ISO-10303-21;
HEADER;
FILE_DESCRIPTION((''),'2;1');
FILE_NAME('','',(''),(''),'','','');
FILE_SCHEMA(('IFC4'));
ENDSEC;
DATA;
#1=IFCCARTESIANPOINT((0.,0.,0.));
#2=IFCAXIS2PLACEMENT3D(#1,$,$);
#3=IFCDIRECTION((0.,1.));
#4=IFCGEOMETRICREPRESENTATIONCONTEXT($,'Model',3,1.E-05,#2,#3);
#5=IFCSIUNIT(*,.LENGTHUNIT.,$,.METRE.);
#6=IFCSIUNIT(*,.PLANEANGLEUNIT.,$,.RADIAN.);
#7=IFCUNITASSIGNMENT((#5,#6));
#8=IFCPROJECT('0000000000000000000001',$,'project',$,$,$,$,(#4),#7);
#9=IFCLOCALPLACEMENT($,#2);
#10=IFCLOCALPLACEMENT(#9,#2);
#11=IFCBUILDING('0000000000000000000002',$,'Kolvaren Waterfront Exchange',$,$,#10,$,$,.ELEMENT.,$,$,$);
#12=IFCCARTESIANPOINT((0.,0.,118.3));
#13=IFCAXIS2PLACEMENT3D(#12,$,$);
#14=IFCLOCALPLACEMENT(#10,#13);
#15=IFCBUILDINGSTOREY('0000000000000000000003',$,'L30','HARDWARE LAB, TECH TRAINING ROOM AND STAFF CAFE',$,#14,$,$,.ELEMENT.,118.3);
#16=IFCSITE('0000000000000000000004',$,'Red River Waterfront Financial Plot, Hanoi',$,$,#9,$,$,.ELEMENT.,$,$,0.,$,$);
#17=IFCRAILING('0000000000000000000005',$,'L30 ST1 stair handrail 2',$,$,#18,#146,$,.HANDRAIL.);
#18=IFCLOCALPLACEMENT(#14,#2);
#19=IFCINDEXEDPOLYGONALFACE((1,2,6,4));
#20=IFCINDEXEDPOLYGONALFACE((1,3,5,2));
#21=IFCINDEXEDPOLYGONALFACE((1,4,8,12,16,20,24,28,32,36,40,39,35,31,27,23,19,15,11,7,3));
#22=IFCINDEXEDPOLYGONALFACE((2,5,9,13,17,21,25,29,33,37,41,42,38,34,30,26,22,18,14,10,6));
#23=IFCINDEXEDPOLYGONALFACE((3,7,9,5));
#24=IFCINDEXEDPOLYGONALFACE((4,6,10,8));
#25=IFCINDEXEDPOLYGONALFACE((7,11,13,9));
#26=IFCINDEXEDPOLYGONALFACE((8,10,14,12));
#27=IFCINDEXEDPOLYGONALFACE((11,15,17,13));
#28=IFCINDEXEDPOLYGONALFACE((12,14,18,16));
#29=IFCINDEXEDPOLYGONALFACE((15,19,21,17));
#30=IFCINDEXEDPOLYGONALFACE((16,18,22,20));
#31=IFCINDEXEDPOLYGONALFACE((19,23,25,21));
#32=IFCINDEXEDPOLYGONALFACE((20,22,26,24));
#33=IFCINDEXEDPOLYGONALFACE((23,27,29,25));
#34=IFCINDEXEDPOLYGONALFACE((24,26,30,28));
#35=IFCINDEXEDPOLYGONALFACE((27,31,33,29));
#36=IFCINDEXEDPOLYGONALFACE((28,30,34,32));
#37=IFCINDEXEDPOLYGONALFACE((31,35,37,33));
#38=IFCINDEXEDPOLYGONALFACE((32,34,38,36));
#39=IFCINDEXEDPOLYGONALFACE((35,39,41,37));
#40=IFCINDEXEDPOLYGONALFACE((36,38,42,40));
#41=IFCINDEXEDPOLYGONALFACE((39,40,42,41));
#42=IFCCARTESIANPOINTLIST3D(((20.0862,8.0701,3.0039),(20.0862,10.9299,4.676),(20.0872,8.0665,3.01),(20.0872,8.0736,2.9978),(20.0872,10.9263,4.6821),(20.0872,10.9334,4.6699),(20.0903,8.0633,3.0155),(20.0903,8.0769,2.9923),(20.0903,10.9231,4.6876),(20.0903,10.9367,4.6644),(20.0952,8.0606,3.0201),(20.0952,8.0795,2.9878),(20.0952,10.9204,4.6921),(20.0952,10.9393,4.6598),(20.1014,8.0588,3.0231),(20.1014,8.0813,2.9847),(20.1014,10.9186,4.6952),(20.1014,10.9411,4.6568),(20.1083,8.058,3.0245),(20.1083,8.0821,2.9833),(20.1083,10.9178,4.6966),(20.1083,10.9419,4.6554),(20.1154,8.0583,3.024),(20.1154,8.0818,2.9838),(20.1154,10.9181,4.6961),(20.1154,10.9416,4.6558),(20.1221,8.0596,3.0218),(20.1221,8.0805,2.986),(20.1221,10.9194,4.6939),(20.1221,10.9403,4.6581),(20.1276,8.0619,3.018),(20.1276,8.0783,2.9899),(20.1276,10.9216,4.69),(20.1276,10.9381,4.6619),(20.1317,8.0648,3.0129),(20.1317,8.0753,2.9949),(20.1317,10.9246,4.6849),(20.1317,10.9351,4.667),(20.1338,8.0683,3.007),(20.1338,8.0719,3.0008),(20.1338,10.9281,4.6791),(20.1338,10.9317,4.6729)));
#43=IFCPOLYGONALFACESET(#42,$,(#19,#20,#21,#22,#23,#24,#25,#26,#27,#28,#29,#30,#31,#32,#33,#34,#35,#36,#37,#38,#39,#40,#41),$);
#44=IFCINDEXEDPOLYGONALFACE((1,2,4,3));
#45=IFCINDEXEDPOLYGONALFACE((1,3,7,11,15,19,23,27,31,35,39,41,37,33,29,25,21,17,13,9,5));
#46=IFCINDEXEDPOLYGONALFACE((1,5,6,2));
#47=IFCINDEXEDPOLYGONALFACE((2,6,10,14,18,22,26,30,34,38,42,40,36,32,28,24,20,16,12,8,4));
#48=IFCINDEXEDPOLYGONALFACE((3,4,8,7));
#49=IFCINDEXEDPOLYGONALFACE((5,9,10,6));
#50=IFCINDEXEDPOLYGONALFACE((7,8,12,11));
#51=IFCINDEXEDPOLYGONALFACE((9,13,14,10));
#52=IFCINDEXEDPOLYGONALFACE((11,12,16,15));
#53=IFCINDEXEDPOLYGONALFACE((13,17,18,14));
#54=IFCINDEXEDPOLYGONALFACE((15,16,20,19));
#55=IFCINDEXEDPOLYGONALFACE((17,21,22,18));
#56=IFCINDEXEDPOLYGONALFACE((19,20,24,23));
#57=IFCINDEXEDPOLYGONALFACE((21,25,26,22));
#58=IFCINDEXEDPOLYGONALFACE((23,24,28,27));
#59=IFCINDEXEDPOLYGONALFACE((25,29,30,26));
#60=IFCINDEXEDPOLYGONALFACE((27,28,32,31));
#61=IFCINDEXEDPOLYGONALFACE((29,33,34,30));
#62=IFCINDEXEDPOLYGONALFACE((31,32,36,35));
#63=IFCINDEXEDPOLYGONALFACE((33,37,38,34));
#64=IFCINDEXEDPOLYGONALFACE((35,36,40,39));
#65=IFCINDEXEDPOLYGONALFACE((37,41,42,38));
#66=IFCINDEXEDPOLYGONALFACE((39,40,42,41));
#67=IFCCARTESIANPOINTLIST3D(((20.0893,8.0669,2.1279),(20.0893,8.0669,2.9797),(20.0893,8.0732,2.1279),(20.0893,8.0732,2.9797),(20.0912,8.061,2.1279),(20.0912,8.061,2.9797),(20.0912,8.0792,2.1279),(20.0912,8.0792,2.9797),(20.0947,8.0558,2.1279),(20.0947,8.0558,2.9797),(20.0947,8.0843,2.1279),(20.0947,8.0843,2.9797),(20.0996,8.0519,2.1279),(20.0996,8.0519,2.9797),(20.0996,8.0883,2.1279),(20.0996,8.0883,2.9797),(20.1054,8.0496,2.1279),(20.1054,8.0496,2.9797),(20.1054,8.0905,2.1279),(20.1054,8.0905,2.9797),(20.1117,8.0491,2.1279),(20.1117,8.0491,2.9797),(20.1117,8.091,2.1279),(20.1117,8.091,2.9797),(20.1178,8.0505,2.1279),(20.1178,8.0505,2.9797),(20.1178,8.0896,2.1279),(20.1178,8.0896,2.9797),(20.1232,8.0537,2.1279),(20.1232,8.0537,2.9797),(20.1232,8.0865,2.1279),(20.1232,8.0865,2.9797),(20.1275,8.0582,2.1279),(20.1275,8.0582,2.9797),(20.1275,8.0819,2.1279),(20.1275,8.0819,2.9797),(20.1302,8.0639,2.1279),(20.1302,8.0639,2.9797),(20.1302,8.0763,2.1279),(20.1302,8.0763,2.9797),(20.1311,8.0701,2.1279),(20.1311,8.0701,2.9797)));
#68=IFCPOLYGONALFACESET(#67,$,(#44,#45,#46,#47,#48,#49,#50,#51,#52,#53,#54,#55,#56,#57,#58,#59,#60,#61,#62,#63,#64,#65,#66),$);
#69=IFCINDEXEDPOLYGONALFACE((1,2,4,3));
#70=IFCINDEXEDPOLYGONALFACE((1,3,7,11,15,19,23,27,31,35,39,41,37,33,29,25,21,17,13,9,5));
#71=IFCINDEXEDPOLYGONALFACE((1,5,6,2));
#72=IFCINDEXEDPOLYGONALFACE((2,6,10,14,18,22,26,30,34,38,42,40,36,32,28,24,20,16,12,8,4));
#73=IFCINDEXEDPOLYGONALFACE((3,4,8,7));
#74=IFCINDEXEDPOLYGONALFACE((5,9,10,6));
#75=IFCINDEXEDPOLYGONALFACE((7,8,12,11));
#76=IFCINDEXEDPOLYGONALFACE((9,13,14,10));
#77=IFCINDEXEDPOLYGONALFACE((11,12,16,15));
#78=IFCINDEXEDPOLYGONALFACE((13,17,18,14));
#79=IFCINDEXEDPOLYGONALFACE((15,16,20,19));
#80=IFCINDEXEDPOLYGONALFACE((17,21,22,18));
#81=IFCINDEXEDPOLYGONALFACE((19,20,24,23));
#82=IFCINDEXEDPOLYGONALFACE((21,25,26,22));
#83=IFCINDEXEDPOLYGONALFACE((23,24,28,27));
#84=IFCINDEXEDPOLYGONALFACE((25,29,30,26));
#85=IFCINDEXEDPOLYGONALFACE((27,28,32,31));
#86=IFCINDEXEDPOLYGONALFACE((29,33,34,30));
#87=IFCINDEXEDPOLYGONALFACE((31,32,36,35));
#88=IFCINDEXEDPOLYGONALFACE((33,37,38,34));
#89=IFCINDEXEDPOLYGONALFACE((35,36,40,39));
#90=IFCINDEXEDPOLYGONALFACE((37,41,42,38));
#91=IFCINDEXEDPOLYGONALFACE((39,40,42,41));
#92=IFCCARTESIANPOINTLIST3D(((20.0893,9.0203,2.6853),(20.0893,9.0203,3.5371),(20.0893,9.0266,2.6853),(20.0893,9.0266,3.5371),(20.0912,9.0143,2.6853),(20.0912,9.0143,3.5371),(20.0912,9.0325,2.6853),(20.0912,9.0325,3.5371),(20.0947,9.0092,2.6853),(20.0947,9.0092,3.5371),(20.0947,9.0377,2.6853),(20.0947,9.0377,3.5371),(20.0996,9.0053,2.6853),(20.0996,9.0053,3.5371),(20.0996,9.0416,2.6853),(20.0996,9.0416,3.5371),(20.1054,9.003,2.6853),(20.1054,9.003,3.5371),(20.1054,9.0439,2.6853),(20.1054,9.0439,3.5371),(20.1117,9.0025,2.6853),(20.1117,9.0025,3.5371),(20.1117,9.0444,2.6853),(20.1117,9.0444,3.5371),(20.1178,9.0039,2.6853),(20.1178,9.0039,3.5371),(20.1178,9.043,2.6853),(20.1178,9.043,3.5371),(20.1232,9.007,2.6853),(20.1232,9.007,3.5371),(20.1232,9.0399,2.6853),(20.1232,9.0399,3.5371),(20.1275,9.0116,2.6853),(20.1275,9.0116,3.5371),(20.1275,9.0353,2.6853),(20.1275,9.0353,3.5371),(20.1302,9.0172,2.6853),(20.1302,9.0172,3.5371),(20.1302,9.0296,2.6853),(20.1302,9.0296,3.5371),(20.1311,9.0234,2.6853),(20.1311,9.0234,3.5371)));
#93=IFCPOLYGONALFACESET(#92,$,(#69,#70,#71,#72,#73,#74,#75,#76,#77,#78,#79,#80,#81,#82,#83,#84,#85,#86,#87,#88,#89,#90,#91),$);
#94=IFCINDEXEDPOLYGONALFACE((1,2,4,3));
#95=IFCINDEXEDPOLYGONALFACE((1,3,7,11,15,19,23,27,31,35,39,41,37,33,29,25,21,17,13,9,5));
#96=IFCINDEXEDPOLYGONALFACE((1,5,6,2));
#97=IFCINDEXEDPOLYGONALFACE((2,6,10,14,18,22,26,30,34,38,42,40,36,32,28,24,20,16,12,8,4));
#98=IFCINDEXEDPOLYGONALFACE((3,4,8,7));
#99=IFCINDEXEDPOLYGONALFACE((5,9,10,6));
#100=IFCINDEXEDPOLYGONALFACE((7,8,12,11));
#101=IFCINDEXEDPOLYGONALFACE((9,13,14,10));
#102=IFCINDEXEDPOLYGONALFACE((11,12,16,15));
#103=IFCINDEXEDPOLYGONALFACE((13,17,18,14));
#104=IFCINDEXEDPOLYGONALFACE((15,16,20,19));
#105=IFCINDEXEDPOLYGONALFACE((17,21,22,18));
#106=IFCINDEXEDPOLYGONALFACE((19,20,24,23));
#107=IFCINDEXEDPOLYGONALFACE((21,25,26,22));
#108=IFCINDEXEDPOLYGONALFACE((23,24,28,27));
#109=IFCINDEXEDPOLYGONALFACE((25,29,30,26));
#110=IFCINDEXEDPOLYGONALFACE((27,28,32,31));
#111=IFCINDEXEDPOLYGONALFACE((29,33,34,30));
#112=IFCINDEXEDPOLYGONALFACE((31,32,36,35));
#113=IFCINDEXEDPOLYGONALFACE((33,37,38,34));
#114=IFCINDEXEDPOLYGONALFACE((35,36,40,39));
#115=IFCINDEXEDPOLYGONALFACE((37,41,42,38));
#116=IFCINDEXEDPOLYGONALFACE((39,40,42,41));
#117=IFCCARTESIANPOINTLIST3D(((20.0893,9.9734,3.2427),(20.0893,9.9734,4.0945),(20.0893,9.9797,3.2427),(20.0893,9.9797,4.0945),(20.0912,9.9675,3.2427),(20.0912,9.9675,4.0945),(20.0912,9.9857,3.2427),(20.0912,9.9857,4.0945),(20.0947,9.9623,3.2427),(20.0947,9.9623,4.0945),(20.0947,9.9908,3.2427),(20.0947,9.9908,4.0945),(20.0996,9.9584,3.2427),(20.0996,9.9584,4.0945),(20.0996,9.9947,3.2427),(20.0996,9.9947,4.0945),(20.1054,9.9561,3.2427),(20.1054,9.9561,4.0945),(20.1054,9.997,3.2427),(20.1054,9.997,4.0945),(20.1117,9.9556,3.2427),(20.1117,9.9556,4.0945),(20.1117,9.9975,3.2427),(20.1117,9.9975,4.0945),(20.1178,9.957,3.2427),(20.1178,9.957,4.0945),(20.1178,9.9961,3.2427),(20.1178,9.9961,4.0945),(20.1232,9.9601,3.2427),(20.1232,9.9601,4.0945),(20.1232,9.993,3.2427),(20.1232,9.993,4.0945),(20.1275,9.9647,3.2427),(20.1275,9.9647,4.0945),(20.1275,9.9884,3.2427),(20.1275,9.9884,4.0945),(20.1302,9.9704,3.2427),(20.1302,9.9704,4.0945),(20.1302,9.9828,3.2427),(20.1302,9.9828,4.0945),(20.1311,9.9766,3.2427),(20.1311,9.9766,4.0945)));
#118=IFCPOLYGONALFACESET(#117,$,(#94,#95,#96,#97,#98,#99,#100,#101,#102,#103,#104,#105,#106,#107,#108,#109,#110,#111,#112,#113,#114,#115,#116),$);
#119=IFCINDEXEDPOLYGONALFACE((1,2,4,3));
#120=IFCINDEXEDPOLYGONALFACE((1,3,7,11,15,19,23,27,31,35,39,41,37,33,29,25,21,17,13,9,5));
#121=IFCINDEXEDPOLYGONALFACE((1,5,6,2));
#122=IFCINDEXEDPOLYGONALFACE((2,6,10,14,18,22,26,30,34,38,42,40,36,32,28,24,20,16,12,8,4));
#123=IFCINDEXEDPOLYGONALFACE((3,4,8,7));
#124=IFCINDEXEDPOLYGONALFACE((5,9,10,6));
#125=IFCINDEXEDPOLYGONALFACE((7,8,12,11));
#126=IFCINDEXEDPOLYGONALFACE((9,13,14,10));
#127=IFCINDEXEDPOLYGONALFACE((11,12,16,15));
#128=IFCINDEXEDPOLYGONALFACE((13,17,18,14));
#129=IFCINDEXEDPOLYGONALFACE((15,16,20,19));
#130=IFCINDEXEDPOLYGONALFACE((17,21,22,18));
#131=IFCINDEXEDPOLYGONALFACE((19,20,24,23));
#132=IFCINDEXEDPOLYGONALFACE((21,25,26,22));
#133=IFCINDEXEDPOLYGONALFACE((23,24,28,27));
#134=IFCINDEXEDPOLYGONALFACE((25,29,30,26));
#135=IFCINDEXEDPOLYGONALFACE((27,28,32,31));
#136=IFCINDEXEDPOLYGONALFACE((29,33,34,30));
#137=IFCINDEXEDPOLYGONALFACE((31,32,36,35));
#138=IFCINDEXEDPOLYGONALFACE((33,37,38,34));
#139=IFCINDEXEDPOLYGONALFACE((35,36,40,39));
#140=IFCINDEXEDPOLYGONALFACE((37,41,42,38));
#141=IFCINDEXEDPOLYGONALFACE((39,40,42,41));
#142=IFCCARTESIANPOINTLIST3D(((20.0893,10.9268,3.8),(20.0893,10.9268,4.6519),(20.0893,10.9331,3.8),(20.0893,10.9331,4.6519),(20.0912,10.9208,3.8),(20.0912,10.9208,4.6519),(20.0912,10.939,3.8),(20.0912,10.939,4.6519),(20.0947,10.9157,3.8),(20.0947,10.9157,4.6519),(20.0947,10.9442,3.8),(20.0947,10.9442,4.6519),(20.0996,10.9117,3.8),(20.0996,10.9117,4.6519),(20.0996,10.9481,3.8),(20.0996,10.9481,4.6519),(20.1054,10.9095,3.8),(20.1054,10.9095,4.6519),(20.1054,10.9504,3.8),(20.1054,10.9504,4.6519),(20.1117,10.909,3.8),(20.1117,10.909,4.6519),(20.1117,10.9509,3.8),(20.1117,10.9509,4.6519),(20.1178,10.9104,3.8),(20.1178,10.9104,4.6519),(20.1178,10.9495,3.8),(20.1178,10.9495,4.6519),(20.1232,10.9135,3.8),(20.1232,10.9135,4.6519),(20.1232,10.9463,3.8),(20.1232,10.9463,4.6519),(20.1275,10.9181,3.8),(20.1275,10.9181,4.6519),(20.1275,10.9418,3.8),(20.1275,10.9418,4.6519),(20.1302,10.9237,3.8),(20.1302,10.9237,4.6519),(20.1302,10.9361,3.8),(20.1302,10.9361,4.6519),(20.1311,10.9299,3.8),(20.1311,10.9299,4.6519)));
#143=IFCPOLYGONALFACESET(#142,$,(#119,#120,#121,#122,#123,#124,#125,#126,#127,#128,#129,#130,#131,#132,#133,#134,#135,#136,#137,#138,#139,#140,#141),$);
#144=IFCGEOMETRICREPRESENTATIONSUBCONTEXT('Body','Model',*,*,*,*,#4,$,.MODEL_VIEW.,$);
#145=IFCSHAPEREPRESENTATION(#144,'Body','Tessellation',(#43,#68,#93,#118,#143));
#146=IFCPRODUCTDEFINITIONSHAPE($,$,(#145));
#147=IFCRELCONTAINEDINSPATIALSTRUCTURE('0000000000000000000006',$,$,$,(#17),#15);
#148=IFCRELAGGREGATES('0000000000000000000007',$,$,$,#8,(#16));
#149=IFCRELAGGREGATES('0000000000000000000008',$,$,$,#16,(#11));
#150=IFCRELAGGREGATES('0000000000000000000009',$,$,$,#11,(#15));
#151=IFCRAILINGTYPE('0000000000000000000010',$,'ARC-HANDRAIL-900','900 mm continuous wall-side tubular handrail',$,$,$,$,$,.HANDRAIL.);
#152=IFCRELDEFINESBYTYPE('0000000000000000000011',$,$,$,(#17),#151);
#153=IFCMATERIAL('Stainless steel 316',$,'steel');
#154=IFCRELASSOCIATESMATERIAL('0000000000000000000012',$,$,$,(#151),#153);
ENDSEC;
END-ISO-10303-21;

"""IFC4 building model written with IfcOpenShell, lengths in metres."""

from ifc_helpers import new_model, si_unit, direction, frame, origin, origin_2d, place, context, subcontext, project, spatial, circle, extrude, material, type_object, element, save


model = new_model("IFC4")

# Units and contexts
model_context = context("Model", 3, precision=1e-05, world=origin(), true_north=direction((0.0, 1.0)))
body_context = subcontext(model_context, "Body", "Model", "MODEL_VIEW")
ifc_project = project(units=[si_unit("LENGTHUNIT", "METRE"), si_unit("PLANEANGLEUNIT", "RADIAN")], contexts=[model_context])

# Site, building, storey
site_placement = place(None, origin())
site = spatial("IfcSite", under=ifc_project, at=site_placement, Name="Red River Waterfront Financial Plot, Hanoi", CompositionType="ELEMENT", RefElevation=0.0)
building_placement = place(site_placement, origin())
building = spatial("IfcBuilding", under=site, at=building_placement, Name="Kolvaren Waterfront Exchange", CompositionType="ELEMENT")
storey_placement = place(building_placement, frame((0.0, 0.0, 118.3)))
storey = spatial("IfcBuildingStorey", under=building, at=storey_placement, Name="L30", Description="HARDWARE LAB, TECH TRAINING ROOM AND STAFF CAFE", CompositionType="ELEMENT", Elevation=118.3)

# Railing
ifc_material_1 = material(Name="Stainless steel 316", Category="steel")
railing_type = type_object("IfcRailingType", Name="ARC-HANDRAIL-900", Description="900 mm continuous wall-side tubular handrail", PredefinedType="HANDRAIL", material=ifc_material_1)
railing_placement = place(storey_placement, frame((20.1101, 8.0701, 2.1279)))
element("IfcRailing", 1, at=railing_placement, inside=storey, type_object=railing_type, Name="L30 ST1 stair handrail 2", PredefinedType="HANDRAIL", context=body_context, shape_type="SweptSolid", body=[
    extrude(circle(Radius=0.0239, at=origin_2d()), frame((0.0, 0.0, 0.876), z_axis=(0.0, 0.863271, 0.504741), x_axis=(-1.0, 0.0, 0.0)), (0.0, 0.0, 1.0), 3.3127),
    extrude(circle(Radius=0.021, at=origin_2d()), origin(), (0.0, 0.0, 1.0), 0.8518),
    extrude(circle(Radius=0.021, at=origin_2d()), frame((0.0, 0.9534, 0.5574)), (0.0, 0.0, 1.0), 0.8518),
    extrude(circle(Radius=0.021, at=origin_2d()), frame((0.0, 1.9065, 1.1147)), (0.0, 0.0, 1.0), 0.8518),
    extrude(circle(Radius=0.021, at=origin_2d()), frame((0.0, 2.8599, 1.6721)), (0.0, 0.0, 1.0), 0.8518),
])

save(model, "model.ifc")
